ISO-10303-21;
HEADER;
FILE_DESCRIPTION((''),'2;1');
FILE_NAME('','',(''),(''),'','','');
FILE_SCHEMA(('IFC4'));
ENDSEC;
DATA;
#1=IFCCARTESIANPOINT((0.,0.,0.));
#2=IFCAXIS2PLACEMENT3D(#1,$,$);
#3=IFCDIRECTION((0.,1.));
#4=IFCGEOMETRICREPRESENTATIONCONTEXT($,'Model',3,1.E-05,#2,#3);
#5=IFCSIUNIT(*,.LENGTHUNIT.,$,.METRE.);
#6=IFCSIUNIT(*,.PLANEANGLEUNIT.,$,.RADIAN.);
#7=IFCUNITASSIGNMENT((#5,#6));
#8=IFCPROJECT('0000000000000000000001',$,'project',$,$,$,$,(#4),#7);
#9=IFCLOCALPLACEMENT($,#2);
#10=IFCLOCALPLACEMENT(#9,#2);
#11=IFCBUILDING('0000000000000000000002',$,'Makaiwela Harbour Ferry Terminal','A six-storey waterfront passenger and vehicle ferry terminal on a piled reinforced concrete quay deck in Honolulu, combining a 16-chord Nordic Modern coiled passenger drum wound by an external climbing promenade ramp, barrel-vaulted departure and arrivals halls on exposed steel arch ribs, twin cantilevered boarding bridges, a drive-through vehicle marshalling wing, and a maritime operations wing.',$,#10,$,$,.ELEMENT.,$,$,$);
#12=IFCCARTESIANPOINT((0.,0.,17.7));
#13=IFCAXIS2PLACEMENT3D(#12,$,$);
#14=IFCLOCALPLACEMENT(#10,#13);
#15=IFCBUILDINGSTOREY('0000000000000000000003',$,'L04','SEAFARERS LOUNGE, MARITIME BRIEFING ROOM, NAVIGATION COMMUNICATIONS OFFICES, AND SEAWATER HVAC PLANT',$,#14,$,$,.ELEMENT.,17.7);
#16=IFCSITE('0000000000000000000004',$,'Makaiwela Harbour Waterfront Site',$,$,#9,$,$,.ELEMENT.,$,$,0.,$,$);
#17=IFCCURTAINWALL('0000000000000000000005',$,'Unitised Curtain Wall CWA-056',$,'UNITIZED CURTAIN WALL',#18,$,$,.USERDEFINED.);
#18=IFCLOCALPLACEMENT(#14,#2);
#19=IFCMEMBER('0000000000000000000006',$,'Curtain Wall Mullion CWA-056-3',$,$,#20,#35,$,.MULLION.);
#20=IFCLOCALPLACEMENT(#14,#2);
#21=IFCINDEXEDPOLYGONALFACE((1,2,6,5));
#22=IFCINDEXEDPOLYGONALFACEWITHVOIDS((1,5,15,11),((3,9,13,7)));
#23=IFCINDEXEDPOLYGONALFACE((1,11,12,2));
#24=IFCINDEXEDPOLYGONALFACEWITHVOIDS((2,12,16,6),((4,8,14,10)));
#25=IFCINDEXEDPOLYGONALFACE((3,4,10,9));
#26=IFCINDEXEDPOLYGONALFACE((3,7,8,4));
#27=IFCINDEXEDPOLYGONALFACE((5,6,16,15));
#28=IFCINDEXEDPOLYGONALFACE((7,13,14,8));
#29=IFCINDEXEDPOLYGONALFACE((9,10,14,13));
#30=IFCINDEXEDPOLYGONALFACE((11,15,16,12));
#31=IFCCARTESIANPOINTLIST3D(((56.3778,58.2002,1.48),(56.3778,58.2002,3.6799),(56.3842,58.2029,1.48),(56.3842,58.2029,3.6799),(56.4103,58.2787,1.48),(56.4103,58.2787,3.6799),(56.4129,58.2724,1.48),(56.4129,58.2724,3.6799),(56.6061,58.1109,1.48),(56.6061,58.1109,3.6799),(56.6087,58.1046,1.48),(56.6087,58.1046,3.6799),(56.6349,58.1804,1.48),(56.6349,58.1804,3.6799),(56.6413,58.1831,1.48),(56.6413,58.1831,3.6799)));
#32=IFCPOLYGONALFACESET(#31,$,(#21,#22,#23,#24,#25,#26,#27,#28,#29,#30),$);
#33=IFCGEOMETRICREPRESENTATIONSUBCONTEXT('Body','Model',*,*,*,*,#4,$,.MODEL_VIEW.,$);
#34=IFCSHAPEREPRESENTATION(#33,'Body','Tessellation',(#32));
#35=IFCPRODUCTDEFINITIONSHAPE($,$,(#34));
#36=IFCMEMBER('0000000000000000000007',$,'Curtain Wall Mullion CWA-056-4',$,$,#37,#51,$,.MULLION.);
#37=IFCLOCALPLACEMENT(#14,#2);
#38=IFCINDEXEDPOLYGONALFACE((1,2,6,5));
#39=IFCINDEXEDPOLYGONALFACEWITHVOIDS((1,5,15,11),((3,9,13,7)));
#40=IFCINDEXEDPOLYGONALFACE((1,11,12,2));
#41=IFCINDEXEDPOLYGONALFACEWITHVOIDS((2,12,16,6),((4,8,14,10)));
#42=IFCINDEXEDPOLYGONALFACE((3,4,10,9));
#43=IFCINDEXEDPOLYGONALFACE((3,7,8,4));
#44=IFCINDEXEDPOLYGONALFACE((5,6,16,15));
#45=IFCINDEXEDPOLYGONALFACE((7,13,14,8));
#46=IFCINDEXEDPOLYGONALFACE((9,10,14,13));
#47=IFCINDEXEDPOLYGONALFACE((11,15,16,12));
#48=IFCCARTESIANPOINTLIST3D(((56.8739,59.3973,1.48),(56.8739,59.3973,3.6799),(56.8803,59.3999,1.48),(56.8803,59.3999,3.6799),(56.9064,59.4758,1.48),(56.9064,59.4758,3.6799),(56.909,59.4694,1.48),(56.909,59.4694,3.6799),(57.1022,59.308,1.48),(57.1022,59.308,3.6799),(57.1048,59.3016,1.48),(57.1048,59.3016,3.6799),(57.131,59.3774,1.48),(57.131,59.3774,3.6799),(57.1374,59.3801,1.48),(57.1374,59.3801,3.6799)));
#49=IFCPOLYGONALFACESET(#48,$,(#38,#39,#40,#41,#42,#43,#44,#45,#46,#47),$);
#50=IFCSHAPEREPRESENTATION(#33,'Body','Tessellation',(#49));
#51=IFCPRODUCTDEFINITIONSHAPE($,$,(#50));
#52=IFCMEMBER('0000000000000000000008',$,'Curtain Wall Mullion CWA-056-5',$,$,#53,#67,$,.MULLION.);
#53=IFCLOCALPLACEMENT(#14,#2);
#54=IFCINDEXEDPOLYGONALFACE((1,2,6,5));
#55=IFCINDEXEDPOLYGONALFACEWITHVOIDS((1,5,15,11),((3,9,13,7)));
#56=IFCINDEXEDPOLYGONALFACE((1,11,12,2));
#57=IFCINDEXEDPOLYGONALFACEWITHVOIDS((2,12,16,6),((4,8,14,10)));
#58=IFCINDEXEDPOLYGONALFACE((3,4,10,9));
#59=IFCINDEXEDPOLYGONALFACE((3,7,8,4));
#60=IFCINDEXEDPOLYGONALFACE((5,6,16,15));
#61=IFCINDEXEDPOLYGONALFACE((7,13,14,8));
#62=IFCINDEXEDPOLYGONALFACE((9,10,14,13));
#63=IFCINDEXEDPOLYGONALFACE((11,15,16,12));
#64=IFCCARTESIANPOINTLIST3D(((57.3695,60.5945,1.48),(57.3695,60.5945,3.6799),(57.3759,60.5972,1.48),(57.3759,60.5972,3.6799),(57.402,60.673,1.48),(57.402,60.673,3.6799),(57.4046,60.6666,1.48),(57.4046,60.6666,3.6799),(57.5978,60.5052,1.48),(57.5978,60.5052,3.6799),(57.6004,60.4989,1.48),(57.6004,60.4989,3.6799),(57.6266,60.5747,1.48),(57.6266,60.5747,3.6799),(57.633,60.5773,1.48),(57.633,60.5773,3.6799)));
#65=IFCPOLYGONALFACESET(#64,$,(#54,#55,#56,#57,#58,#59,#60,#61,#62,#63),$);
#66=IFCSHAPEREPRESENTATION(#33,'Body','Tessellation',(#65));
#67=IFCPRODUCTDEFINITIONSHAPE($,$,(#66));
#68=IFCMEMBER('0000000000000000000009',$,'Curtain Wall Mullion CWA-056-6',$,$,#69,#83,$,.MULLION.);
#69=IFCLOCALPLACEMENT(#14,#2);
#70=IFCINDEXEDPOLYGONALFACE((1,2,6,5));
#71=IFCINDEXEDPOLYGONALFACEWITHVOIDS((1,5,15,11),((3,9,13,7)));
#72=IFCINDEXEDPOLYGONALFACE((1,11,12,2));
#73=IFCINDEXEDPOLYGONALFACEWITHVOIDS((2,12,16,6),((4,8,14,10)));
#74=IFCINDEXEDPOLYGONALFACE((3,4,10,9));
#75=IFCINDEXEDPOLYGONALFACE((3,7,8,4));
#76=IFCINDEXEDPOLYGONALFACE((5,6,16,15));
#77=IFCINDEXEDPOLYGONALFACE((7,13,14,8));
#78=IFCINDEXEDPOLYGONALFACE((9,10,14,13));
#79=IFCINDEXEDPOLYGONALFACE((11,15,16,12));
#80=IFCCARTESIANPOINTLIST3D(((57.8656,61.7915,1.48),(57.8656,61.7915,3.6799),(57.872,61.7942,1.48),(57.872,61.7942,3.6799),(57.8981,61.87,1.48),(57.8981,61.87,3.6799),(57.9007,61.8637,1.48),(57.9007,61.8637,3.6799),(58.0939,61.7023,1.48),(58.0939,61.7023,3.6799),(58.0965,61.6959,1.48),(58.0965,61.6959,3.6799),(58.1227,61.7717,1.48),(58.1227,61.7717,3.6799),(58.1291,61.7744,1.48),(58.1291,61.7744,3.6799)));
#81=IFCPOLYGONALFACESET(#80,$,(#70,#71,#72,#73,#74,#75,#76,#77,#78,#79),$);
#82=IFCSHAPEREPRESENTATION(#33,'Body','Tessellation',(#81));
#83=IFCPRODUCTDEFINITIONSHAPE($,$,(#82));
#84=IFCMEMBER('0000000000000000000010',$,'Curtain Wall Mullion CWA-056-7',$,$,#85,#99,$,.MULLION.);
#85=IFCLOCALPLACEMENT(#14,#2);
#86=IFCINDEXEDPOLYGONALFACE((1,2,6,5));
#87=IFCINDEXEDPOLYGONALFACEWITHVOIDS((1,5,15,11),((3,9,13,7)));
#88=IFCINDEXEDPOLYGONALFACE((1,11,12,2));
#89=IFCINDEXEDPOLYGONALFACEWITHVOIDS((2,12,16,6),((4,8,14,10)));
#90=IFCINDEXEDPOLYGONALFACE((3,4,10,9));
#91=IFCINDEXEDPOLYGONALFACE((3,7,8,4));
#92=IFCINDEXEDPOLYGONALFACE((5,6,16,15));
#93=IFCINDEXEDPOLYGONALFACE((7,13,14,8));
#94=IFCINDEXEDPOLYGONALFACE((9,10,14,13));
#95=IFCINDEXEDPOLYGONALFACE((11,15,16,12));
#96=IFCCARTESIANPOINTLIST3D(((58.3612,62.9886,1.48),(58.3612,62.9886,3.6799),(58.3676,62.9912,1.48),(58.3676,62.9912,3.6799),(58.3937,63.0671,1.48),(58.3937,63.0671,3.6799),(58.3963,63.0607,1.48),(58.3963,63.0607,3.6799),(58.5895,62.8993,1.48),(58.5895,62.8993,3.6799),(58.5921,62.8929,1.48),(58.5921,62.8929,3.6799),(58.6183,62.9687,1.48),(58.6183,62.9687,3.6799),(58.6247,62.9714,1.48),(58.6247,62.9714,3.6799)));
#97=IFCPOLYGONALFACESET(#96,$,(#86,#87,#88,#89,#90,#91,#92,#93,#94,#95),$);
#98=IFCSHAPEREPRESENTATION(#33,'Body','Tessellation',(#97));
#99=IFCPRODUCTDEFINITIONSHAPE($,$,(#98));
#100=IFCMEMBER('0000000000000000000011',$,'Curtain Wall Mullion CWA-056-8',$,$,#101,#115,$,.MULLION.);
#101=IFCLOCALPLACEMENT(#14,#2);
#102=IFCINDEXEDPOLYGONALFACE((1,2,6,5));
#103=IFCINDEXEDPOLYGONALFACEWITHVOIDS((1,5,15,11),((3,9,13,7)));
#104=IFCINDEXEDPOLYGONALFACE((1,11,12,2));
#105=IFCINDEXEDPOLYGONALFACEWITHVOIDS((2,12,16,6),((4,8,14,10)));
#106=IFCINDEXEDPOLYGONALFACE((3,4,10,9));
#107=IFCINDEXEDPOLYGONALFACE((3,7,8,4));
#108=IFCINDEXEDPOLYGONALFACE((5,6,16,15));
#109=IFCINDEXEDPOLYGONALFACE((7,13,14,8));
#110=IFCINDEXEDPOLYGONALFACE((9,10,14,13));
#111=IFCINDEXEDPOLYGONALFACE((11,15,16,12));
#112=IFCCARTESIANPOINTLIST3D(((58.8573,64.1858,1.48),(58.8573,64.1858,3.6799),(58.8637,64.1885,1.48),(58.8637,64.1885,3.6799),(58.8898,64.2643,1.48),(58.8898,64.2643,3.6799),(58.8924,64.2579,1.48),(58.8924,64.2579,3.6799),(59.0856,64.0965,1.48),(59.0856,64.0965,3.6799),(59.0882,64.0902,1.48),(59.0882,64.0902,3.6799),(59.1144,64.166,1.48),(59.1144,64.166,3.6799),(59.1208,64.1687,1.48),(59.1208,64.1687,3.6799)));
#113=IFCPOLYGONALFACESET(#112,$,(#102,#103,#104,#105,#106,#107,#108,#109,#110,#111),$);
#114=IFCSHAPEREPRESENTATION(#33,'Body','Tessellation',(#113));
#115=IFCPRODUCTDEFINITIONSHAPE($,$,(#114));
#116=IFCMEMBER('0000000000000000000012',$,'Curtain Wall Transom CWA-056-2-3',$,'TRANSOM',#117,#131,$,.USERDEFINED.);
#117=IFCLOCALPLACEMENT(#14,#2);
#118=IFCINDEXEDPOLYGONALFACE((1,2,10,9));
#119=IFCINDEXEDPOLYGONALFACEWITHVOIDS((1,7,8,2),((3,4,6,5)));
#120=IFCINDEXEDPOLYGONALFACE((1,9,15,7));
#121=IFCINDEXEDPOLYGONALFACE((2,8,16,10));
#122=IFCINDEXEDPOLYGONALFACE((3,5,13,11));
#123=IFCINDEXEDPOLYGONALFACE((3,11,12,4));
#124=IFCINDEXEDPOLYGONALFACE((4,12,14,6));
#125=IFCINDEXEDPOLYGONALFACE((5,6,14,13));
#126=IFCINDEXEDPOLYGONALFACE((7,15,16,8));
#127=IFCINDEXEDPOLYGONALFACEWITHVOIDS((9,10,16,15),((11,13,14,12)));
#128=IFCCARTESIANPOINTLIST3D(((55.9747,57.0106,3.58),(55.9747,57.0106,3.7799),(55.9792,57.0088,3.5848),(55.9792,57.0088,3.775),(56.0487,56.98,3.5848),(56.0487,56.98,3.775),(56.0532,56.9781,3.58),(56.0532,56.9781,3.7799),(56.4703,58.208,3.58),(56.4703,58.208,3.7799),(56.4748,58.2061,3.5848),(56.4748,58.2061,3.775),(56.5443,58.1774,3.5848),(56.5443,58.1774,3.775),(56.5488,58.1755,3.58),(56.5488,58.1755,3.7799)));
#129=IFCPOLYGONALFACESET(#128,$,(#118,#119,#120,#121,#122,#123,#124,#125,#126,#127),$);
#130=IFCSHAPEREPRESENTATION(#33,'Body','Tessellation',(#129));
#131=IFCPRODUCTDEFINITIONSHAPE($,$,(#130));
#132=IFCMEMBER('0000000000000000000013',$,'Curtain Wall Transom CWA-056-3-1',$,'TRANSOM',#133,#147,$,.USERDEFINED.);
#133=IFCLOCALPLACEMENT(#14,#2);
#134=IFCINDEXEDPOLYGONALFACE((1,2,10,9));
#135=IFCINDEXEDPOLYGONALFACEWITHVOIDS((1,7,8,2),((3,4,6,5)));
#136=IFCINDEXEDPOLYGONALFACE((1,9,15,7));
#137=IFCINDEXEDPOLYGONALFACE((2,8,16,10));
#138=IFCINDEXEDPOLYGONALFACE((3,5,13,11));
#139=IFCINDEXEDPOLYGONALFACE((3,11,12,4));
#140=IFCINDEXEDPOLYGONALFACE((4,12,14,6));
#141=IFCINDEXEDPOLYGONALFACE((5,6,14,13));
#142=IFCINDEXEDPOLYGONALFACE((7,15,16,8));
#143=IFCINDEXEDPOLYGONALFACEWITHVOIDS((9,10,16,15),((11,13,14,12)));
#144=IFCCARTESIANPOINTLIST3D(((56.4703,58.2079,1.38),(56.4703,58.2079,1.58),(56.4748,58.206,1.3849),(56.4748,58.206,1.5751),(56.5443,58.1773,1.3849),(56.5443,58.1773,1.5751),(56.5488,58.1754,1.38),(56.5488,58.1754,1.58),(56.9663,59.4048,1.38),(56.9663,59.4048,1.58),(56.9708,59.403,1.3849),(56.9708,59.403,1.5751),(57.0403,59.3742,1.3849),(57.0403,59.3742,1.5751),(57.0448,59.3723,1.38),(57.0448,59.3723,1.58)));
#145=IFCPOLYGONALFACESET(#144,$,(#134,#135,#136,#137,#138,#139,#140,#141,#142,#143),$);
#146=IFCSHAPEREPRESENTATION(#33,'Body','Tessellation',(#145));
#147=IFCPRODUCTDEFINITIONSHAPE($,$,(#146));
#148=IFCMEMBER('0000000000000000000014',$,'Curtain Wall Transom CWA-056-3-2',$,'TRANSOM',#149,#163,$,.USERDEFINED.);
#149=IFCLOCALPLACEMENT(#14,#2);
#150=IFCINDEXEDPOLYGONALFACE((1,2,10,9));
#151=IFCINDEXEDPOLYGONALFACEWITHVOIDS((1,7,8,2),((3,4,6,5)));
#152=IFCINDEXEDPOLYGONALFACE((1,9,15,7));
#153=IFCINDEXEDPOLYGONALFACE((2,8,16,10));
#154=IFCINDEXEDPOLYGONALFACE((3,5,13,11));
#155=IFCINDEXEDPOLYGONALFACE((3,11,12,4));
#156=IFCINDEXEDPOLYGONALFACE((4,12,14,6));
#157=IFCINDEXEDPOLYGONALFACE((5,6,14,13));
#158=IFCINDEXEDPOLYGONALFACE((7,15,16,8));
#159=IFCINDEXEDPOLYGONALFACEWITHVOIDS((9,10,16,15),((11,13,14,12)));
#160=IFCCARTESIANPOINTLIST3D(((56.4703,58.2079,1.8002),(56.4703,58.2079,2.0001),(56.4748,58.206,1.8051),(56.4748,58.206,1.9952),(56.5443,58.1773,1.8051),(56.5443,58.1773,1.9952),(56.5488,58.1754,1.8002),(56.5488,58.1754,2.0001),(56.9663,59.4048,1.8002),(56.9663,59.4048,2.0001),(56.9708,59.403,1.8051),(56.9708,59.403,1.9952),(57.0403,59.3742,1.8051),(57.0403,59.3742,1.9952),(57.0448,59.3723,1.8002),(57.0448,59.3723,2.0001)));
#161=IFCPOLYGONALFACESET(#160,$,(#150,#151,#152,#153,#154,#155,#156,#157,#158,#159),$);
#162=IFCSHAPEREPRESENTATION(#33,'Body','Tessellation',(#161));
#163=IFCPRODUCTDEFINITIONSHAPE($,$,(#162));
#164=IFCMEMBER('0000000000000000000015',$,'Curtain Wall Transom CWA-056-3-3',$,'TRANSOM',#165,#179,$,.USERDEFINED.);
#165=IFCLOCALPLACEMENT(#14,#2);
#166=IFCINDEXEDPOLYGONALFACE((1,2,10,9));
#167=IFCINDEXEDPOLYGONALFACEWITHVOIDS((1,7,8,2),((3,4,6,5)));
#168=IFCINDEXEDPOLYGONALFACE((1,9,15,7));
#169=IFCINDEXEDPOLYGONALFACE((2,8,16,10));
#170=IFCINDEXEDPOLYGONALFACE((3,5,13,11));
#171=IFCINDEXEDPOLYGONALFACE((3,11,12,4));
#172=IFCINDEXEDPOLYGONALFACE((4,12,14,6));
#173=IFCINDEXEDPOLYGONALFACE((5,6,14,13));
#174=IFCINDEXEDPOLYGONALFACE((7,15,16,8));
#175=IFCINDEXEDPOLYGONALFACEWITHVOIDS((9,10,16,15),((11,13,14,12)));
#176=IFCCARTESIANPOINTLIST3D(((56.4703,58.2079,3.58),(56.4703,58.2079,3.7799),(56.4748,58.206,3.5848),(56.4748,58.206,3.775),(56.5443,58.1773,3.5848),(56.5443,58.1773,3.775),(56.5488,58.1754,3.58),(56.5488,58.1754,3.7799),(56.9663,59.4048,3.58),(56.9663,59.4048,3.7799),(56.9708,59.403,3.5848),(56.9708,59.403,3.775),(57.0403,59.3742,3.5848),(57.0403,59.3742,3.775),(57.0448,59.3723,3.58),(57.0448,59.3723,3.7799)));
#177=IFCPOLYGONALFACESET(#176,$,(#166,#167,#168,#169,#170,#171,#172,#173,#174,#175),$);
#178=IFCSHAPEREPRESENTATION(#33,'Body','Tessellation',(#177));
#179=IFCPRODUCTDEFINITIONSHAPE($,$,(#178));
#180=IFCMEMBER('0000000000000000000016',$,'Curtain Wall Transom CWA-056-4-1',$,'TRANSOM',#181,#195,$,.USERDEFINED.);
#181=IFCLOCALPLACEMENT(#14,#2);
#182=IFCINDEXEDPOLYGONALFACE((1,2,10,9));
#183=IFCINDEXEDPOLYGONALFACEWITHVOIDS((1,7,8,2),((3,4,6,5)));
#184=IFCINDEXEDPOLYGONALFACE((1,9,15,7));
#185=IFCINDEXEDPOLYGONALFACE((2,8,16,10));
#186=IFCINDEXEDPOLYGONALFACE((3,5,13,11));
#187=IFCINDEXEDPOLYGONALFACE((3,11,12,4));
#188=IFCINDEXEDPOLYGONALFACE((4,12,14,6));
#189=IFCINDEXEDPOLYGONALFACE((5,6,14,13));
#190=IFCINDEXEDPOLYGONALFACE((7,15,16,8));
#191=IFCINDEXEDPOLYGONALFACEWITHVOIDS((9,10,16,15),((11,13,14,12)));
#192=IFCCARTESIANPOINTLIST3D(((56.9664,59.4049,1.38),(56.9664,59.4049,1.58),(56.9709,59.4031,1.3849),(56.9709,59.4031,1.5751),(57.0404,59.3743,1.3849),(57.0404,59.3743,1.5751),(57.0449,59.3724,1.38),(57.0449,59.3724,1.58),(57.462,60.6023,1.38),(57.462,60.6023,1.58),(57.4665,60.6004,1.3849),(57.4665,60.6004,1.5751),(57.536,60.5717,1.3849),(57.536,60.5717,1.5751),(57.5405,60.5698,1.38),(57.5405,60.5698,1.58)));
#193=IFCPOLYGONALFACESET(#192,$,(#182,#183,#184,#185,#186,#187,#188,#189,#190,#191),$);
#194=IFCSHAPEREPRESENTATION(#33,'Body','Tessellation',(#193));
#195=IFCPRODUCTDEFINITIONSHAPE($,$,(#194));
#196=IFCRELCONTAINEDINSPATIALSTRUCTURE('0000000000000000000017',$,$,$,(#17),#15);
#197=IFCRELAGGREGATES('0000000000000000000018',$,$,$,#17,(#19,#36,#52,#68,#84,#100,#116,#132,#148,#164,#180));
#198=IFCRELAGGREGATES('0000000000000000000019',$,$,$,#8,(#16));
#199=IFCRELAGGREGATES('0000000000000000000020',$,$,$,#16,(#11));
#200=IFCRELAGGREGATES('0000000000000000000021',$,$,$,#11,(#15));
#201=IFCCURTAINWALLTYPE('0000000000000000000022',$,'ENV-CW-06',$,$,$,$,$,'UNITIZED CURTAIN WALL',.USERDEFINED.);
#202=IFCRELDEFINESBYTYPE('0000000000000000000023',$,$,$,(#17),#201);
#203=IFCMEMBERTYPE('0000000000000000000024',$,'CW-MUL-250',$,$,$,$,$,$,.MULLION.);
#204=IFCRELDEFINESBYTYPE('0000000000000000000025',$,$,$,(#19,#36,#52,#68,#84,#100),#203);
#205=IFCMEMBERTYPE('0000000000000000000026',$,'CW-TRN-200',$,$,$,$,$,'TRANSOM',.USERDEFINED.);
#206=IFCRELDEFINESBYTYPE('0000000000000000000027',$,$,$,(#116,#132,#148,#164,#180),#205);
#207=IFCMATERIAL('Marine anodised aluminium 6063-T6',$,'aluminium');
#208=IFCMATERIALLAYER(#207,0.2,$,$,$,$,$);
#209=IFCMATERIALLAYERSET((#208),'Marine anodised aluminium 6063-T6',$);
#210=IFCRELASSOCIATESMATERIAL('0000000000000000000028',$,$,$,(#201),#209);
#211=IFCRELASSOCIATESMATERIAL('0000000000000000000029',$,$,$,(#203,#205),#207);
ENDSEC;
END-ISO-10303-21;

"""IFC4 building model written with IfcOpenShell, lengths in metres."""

from ifc_helpers import new_model, si_unit, direction, frame, origin, origin_2d, place, context, subcontext, project, spatial, hollow_rectangle, extrude, material, layer, layer_set, material_profile, profile_set, type_object, element, aggregate, save


model = new_model("IFC4")

# Units and contexts
model_context = context("Model", 3, precision=1e-05, world=origin(), true_north=direction((0.0, 1.0)))
body_context = subcontext(model_context, "Body", "Model", "MODEL_VIEW")
ifc_project = project(units=[si_unit("LENGTHUNIT", "METRE"), si_unit("PLANEANGLEUNIT", "RADIAN")], contexts=[model_context])

# Site, building, storey
site_placement = place(None, origin())
site = spatial("IfcSite", under=ifc_project, at=site_placement, Name="Makaiwela Harbour Waterfront Site", CompositionType="ELEMENT", RefElevation=0.0)
building_placement = place(site_placement, origin())
building = spatial("IfcBuilding", under=site, at=building_placement, Name="Makaiwela Harbour Ferry Terminal", Description="A six-storey waterfront passenger and vehicle ferry terminal on a piled reinforced concrete quay deck in Honolulu, combining a 16-chord Nordic Modern coiled passenger drum wound by an external climbing promenade ramp, barrel-vaulted departure and arrivals halls on exposed steel arch ribs, twin cantilevered boarding bridges, a drive-through vehicle marshalling wing, and a maritime operations wing.", CompositionType="ELEMENT")
storey_placement = place(building_placement, frame((0.0, 0.0, 17.7)))
storey = spatial("IfcBuildingStorey", under=building, at=storey_placement, Name="L04", Description="SEAFARERS LOUNGE, MARITIME BRIEFING ROOM, NAVIGATION COMMUNICATIONS OFFICES, AND SEAWATER HVAC PLANT", CompositionType="ELEMENT", Elevation=17.7)

# Curtain wall, members
ifc_material_1 = material(Name="Marine anodised aluminium 6063-T6", Category="aluminium")
ifc_layer_1 = layer(ifc_material_1, 0.2)
ifc_layer_set_1 = layer_set([ifc_layer_1], Name="Marine anodised aluminium 6063-T6")
curtain_wall_type = type_object("IfcCurtainWallType", Name="ENV-CW-06", ElementType="UNITIZED CURTAIN WALL", PredefinedType="USERDEFINED", material=ifc_layer_set_1)
curtain_wall_placement = place(storey_placement, origin())
curtain_wall = element("IfcCurtainWall", 1, at=curtain_wall_placement, inside=storey, type_object=curtain_wall_type, Name="Unitised Curtain Wall CWA-056", ObjectType="UNITIZED CURTAIN WALL", PredefinedType="USERDEFINED")
ifc_material_profile_1 = material_profile(ifc_material_1, hollow_rectangle(XDim=0.085, YDim=0.25, WallThickness=0.0049, at=origin_2d()), Name="CWM-250X85")
ifc_profile_set_1 = profile_set([ifc_material_profile_1], Name="Marine anodised aluminium 6063-T6")
member_type_1 = type_object("IfcMemberType", Name="CW-MUL-250", PredefinedType="MULLION", material=ifc_profile_set_1)
member_1_placement = place(storey_placement, frame((56.5095, 58.1917, 1.48), z_axis=(0.0, 0.0, 1.0), x_axis=(0.382683, 0.92388, 0.0)))
member_1 = element("IfcMember", 2, at=member_1_placement, type_object=member_type_1, Name="Curtain Wall Mullion CWA-056-3", PredefinedType="MULLION", context=body_context, shape_type="SweptSolid", body=[
    extrude(hollow_rectangle(XDim=0.085, YDim=0.25, WallThickness=0.0049, at=origin_2d()), origin(), (0.0, 0.0, 1.0), 2.2),
])
member_2_placement = place(storey_placement, frame((57.0056, 59.3887, 1.48), z_axis=(0.0, 0.0, 1.0), x_axis=(0.382683, 0.92388, 0.0)))
member_2 = element("IfcMember", 3, at=member_2_placement, type_object=member_type_1, Name="Curtain Wall Mullion CWA-056-4", PredefinedType="MULLION", context=body_context, shape_type="SweptSolid", body=[
    extrude(hollow_rectangle(XDim=0.085, YDim=0.25, WallThickness=0.0049, at=origin_2d()), origin(), (0.0, 0.0, 1.0), 2.2),
])
member_3_placement = place(storey_placement, frame((57.5012, 60.5859, 1.48), z_axis=(0.0, 0.0, 1.0), x_axis=(0.382683, 0.92388, 0.0)))
member_3 = element("IfcMember", 4, at=member_3_placement, type_object=member_type_1, Name="Curtain Wall Mullion CWA-056-5", PredefinedType="MULLION", context=body_context, shape_type="SweptSolid", body=[
    extrude(hollow_rectangle(XDim=0.085, YDim=0.25, WallThickness=0.0049, at=origin_2d()), origin(), (0.0, 0.0, 1.0), 2.2),
])
member_4_placement = place(storey_placement, frame((57.9973, 61.783, 1.48), z_axis=(0.0, 0.0, 1.0), x_axis=(0.382683, 0.92388, 0.0)))
member_4 = element("IfcMember", 5, at=member_4_placement, type_object=member_type_1, Name="Curtain Wall Mullion CWA-056-6", PredefinedType="MULLION", context=body_context, shape_type="SweptSolid", body=[
    extrude(hollow_rectangle(XDim=0.085, YDim=0.25, WallThickness=0.0049, at=origin_2d()), origin(), (0.0, 0.0, 1.0), 2.2),
])
member_5_placement = place(storey_placement, frame((58.4929, 62.98, 1.48), z_axis=(0.0, 0.0, 1.0), x_axis=(0.382683, 0.92388, 0.0)))
member_5 = element("IfcMember", 6, at=member_5_placement, type_object=member_type_1, Name="Curtain Wall Mullion CWA-056-7", PredefinedType="MULLION", context=body_context, shape_type="SweptSolid", body=[
    extrude(hollow_rectangle(XDim=0.085, YDim=0.25, WallThickness=0.0049, at=origin_2d()), origin(), (0.0, 0.0, 1.0), 2.2),
])
member_6_placement = place(storey_placement, frame((58.989, 64.1772, 1.48), z_axis=(0.0, 0.0, 1.0), x_axis=(0.382683, 0.92388, 0.0)))
member_6 = element("IfcMember", 7, at=member_6_placement, type_object=member_type_1, Name="Curtain Wall Mullion CWA-056-8", PredefinedType="MULLION", context=body_context, shape_type="SweptSolid", body=[
    extrude(hollow_rectangle(XDim=0.085, YDim=0.25, WallThickness=0.0049, at=origin_2d()), origin(), (0.0, 0.0, 1.0), 2.2),
])
ifc_material_profile_2 = material_profile(ifc_material_1, hollow_rectangle(XDim=0.085, YDim=0.2, WallThickness=0.0049, at=origin_2d()), Name="CWT-200X85")
ifc_profile_set_2 = profile_set([ifc_material_profile_2], Name="Marine anodised aluminium 6063-T6")
member_type_2 = type_object("IfcMemberType", Name="CW-TRN-200", ElementType="TRANSOM", PredefinedType="USERDEFINED", material=ifc_profile_set_2)
member_7_placement = place(storey_placement, frame((56.0139, 56.9944, 3.6799), z_axis=(0.382474, 0.923966, 0.0), x_axis=(-0.923966, 0.382474, 0.0)))
member_7 = element("IfcMember", 8, at=member_7_placement, type_object=member_type_2, Name="Curtain Wall Transom CWA-056-2-3", ObjectType="TRANSOM", PredefinedType="USERDEFINED", context=body_context, shape_type="SweptSolid", body=[
    extrude(hollow_rectangle(XDim=0.085, YDim=0.2, WallThickness=0.0049, at=origin_2d()), origin(), (0.0, 0.0, 1.0), 1.2959),
])
member_8_placement = place(storey_placement, frame((56.5095, 58.1917, 1.48), z_axis=(0.382862, 0.923806, 0.0), x_axis=(-0.923806, 0.382862, 0.0)))
member_8 = element("IfcMember", 9, at=member_8_placement, type_object=member_type_2, Name="Curtain Wall Transom CWA-056-3-1", ObjectType="TRANSOM", PredefinedType="USERDEFINED", context=body_context, shape_type="SweptSolid", body=[
    extrude(hollow_rectangle(XDim=0.085, YDim=0.2, WallThickness=0.0049, at=origin_2d()), origin(), (0.0, 0.0, 1.0), 1.2957),
])
member_9_placement = place(storey_placement, frame((56.5095, 58.1917, 1.9001), z_axis=(0.382862, 0.923806, 0.0), x_axis=(-0.923806, 0.382862, 0.0)))
member_9 = element("IfcMember", 10, at=member_9_placement, type_object=member_type_2, Name="Curtain Wall Transom CWA-056-3-2", ObjectType="TRANSOM", PredefinedType="USERDEFINED", context=body_context, shape_type="SweptSolid", body=[
    extrude(hollow_rectangle(XDim=0.085, YDim=0.2, WallThickness=0.0049, at=origin_2d()), origin(), (0.0, 0.0, 1.0), 1.2957),
])
member_10_placement = place(storey_placement, frame((56.5095, 58.1917, 3.6799), z_axis=(0.382862, 0.923806, 0.0), x_axis=(-0.923806, 0.382862, 0.0)))
member_10 = element("IfcMember", 11, at=member_10_placement, type_object=member_type_2, Name="Curtain Wall Transom CWA-056-3-3", ObjectType="TRANSOM", PredefinedType="USERDEFINED", context=body_context, shape_type="SweptSolid", body=[
    extrude(hollow_rectangle(XDim=0.085, YDim=0.2, WallThickness=0.0049, at=origin_2d()), origin(), (0.0, 0.0, 1.0), 1.2957),
])
member_11_placement = place(storey_placement, frame((57.0056, 59.3887, 1.48), z_axis=(0.382474, 0.923966, 0.0), x_axis=(-0.923966, 0.382474, 0.0)))
member_11 = element("IfcMember", 12, at=member_11_placement, type_object=member_type_2, Name="Curtain Wall Transom CWA-056-4-1", ObjectType="TRANSOM", PredefinedType="USERDEFINED", context=body_context, shape_type="SweptSolid", body=[
    extrude(hollow_rectangle(XDim=0.085, YDim=0.2, WallThickness=0.0049, at=origin_2d()), origin(), (0.0, 0.0, 1.0), 1.2959),
])
aggregate(curtain_wall, [member_1, member_2, member_3, member_4, member_5, member_6, member_7, member_8, member_9, member_10, member_11])

save(model, "model.ifc")
